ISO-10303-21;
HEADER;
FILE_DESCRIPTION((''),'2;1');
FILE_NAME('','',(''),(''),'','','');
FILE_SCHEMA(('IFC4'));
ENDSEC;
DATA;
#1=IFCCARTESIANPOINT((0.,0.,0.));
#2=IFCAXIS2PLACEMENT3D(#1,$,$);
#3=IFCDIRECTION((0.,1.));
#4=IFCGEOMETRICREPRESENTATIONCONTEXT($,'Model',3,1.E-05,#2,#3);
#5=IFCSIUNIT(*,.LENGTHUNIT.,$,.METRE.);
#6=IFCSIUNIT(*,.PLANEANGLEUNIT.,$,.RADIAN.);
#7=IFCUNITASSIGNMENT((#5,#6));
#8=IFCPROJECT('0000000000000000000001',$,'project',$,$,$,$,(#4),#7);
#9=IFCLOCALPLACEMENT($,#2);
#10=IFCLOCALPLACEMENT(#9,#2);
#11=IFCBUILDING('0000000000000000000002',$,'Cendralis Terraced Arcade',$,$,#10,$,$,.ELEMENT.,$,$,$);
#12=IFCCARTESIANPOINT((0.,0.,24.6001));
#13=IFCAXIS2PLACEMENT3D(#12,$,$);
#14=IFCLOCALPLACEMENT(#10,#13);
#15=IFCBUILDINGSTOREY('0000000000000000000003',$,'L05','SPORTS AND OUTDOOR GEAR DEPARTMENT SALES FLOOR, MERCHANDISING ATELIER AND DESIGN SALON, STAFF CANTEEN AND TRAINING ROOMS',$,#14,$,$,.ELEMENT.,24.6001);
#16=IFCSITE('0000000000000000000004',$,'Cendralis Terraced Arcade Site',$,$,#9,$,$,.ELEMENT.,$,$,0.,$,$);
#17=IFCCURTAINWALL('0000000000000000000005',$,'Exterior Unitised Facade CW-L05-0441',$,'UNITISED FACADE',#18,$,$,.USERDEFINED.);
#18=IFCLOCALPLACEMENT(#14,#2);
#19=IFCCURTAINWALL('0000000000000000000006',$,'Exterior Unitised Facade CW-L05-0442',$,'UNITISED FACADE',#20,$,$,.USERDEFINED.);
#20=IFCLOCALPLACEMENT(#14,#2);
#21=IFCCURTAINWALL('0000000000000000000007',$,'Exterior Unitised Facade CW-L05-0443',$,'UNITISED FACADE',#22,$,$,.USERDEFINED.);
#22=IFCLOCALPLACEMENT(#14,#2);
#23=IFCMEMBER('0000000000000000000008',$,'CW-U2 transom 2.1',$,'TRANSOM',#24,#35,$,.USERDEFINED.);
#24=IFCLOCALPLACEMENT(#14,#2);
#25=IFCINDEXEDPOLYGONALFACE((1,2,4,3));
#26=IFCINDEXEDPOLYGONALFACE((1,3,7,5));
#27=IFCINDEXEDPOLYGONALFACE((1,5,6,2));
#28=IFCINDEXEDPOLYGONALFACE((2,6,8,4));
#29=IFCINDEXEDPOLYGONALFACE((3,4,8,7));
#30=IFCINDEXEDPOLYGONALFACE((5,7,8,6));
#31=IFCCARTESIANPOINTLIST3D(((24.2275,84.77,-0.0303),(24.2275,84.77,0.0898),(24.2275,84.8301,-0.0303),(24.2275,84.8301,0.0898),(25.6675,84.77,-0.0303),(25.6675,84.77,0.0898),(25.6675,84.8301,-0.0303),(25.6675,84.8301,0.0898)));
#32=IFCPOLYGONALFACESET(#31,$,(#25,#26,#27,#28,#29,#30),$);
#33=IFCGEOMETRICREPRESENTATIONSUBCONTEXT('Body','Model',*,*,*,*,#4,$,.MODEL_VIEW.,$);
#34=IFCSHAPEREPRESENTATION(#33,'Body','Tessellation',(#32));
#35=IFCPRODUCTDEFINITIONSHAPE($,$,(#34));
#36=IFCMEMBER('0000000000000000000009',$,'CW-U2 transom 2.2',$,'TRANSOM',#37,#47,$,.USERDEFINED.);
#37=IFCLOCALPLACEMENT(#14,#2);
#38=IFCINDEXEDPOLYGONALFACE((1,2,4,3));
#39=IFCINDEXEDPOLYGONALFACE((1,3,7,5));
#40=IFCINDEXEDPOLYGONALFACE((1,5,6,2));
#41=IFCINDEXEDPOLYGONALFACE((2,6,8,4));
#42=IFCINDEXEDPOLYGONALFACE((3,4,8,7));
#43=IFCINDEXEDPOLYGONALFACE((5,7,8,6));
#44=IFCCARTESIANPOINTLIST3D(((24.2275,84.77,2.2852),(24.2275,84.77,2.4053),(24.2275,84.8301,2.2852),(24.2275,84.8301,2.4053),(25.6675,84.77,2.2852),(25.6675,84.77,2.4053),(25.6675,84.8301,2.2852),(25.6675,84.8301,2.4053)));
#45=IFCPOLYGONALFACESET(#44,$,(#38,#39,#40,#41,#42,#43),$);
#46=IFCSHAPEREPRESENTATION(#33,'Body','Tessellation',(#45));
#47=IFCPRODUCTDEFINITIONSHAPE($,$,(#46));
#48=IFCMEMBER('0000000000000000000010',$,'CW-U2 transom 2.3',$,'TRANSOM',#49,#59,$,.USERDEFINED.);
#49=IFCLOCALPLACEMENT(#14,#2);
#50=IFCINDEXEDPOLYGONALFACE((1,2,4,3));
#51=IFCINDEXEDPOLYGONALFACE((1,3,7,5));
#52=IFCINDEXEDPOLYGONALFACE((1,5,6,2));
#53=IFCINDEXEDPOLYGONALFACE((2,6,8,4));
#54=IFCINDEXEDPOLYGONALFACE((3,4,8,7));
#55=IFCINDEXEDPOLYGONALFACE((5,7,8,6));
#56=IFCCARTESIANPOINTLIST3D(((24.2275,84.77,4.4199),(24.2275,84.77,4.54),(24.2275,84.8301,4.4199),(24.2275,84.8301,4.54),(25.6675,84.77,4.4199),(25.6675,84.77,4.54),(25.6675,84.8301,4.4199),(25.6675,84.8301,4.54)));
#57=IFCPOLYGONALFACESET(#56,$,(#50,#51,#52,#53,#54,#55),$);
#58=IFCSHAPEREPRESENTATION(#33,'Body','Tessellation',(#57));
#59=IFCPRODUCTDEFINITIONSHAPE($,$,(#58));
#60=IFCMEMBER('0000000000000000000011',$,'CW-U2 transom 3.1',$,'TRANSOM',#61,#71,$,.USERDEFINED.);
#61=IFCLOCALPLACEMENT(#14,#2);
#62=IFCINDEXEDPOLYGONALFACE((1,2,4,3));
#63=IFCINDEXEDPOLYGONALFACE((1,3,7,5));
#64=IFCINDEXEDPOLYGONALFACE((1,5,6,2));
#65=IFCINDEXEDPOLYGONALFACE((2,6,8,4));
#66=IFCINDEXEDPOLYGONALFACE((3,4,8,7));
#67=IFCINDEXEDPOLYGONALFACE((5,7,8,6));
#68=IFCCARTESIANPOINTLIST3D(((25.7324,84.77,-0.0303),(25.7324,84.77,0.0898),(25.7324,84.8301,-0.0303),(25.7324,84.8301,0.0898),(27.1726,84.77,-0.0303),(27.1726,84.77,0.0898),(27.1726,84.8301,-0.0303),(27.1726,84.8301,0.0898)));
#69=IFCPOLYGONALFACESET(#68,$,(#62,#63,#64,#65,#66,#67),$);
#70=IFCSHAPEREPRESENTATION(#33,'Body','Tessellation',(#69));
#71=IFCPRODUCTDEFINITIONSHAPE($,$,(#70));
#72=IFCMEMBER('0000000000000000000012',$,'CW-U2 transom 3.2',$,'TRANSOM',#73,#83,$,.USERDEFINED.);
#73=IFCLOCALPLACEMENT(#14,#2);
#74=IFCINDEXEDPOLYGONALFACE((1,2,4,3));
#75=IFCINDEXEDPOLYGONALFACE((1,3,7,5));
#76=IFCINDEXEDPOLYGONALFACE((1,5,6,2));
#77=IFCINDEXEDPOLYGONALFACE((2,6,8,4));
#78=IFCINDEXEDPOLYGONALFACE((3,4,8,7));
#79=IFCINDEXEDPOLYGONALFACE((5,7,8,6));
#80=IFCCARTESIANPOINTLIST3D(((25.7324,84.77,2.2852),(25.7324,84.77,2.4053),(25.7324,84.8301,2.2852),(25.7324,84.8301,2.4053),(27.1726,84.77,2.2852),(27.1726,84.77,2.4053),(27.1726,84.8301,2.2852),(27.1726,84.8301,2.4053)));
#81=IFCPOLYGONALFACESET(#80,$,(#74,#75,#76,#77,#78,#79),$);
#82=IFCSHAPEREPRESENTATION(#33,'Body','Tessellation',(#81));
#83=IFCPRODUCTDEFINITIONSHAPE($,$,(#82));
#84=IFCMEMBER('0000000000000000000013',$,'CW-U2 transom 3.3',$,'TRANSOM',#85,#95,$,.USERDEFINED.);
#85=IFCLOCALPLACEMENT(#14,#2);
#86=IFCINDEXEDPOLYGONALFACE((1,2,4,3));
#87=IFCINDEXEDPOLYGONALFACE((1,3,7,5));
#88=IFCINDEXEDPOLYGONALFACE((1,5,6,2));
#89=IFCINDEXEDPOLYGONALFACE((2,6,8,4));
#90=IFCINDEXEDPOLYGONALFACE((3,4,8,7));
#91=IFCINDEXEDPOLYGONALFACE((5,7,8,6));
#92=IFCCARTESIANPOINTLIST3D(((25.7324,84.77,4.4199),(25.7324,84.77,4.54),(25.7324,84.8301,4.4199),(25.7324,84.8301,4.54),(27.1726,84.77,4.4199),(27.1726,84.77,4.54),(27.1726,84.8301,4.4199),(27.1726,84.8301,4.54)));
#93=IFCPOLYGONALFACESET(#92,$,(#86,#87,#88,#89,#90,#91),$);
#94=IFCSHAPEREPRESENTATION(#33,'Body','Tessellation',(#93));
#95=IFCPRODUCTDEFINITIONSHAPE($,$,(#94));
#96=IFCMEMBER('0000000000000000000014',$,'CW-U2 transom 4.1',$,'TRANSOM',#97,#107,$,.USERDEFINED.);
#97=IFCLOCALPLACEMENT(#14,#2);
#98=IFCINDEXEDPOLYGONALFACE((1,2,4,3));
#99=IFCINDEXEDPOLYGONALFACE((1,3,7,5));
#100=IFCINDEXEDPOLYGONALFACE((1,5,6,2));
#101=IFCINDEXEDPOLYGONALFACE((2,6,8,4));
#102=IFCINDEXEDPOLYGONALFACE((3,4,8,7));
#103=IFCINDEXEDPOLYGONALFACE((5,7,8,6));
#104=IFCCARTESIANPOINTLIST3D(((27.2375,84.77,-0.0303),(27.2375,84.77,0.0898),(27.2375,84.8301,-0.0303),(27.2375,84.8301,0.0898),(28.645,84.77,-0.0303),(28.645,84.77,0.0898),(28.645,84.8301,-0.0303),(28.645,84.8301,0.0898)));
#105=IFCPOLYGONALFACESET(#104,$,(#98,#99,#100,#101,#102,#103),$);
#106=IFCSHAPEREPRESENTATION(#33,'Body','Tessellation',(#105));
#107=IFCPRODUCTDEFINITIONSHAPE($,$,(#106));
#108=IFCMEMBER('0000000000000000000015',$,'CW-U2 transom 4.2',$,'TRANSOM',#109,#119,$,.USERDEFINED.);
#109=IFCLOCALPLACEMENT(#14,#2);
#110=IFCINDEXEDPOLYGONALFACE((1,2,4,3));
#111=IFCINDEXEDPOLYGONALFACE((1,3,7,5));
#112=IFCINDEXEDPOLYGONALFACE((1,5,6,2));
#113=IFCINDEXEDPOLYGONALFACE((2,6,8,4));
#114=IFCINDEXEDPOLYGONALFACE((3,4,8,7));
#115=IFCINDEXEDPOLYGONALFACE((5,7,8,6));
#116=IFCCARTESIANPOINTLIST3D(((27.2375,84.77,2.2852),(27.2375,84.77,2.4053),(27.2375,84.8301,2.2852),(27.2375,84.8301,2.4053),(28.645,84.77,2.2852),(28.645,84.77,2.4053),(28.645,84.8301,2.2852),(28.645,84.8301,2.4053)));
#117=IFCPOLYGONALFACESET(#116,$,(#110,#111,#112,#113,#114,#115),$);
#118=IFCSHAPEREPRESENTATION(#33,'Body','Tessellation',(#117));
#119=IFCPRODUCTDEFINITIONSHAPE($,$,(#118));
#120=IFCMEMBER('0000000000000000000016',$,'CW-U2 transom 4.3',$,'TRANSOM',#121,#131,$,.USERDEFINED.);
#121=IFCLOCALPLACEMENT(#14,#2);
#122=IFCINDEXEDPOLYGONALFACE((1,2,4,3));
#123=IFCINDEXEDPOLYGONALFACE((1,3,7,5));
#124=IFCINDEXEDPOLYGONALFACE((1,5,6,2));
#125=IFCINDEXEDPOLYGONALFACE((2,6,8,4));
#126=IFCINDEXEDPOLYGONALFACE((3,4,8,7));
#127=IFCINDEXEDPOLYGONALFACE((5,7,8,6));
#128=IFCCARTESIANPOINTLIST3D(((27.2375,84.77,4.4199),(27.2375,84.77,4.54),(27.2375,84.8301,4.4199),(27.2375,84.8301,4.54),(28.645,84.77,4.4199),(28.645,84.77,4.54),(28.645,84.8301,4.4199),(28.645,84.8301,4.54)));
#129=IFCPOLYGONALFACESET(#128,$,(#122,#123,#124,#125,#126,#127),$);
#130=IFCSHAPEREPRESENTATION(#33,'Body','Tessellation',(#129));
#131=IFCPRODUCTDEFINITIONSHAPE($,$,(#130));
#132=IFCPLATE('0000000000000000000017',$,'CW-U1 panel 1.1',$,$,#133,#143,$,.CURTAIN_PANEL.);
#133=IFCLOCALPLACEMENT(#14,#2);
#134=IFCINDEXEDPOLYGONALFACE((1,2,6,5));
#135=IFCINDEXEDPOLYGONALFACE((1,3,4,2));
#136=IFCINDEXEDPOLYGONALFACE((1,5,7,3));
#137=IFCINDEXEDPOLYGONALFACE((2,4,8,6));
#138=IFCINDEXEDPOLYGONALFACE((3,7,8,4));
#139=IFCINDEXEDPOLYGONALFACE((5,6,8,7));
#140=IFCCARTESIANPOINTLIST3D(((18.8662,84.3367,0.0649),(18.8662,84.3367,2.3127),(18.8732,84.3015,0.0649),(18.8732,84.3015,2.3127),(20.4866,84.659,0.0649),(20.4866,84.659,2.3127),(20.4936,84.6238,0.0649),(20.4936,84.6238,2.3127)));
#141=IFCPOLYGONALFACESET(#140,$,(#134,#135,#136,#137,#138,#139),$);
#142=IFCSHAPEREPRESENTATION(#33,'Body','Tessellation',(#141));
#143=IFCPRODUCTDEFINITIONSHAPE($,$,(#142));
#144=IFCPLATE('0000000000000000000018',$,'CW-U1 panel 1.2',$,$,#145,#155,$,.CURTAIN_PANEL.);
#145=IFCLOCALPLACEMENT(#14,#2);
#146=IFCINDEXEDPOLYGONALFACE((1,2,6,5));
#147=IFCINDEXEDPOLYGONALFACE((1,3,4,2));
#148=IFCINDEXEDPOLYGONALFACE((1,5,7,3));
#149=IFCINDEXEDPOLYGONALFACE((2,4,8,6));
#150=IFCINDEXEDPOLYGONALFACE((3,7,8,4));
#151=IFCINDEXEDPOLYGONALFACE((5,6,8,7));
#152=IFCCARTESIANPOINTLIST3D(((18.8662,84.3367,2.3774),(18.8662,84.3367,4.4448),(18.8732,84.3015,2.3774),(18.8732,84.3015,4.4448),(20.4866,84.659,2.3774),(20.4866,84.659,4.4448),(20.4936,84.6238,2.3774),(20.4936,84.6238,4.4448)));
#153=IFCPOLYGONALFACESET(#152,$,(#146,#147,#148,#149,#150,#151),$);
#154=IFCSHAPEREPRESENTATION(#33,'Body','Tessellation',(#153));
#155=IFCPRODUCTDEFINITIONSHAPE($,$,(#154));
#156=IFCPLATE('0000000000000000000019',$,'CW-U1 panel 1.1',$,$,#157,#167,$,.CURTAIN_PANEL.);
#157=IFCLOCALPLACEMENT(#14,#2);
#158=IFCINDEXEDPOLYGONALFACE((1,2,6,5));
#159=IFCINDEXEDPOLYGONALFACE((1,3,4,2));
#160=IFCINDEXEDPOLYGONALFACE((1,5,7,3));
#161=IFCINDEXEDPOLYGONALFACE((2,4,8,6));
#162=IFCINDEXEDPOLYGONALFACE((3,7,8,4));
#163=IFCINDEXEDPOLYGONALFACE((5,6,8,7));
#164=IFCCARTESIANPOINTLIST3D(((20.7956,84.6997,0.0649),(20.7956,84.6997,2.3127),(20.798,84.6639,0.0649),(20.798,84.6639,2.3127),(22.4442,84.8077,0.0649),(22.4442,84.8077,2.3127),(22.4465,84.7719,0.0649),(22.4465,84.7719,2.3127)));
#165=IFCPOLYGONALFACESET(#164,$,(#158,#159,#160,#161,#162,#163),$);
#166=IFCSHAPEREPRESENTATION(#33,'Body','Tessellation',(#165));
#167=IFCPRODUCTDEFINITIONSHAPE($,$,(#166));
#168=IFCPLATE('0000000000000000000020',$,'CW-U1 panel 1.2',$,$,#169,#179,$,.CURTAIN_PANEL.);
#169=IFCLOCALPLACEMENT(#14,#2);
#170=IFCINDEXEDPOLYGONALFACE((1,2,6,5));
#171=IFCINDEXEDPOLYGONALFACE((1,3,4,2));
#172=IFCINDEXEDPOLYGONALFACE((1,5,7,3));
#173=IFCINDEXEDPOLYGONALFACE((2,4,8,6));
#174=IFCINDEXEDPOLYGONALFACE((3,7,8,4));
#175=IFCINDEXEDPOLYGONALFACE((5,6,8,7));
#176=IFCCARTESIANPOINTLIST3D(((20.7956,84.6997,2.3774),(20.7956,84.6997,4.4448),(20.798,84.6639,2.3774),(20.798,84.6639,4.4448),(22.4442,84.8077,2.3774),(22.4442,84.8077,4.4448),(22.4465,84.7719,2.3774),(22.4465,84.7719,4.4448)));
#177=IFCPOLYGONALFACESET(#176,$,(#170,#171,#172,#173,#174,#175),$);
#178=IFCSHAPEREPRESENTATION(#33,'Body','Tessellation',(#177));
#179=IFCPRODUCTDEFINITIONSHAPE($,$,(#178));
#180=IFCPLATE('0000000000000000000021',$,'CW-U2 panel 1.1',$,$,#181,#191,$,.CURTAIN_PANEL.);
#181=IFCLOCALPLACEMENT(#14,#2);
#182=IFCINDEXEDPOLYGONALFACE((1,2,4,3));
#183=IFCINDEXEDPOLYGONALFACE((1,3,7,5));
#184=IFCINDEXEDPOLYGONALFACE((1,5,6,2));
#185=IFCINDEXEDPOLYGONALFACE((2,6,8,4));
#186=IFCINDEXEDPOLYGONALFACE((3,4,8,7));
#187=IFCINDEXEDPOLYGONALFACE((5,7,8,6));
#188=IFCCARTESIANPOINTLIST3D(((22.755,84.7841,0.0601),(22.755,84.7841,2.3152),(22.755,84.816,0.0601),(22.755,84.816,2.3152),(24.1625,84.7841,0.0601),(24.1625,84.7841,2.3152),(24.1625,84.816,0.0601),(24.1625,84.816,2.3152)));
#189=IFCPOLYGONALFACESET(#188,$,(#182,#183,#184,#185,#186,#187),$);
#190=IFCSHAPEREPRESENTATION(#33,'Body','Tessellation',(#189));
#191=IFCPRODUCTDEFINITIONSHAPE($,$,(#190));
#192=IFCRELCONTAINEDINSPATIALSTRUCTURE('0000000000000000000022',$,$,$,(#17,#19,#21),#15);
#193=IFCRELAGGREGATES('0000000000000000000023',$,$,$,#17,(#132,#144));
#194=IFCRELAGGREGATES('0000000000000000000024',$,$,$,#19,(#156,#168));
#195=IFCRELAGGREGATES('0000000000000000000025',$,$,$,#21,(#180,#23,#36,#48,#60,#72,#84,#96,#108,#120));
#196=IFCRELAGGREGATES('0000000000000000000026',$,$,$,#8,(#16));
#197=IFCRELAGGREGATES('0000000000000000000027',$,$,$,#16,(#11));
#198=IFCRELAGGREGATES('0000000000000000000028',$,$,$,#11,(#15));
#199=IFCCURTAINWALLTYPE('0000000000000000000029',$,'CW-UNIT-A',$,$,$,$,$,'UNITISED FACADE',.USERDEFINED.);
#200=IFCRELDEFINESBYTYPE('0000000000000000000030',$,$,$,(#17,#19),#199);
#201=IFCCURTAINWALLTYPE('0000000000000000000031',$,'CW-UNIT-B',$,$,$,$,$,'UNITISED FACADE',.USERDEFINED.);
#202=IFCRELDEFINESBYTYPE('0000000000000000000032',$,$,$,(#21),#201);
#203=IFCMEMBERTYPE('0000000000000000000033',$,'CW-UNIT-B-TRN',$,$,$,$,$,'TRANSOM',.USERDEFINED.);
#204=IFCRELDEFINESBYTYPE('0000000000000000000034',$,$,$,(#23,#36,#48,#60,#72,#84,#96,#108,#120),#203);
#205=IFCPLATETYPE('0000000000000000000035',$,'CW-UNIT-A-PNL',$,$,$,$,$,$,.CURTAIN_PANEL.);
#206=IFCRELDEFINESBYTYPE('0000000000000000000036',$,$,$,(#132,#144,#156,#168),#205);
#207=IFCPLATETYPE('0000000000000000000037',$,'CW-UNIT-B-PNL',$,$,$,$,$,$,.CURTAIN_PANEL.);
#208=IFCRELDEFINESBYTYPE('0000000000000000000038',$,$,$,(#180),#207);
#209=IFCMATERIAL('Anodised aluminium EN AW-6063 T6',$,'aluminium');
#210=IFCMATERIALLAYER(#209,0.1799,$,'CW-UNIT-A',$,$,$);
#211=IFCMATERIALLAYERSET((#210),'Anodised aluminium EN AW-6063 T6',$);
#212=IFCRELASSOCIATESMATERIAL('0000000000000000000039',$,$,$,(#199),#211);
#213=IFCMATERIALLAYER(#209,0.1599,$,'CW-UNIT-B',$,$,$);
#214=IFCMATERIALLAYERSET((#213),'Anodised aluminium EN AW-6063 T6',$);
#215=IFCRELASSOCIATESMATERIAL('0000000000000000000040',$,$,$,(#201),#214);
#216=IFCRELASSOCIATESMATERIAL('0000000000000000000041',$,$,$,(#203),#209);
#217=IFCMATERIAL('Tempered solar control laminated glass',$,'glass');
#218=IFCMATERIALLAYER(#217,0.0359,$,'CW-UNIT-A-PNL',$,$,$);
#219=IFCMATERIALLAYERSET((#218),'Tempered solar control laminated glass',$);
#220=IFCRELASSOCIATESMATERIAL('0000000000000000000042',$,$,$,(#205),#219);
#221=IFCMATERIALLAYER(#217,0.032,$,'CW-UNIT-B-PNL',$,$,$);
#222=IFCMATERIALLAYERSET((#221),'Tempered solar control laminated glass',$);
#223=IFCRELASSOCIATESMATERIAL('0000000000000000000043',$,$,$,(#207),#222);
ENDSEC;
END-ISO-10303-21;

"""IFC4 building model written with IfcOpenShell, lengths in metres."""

from ifc_helpers import new_model, si_unit, direction, frame, origin, origin_2d, place, context, subcontext, project, spatial, rectangle, extrude, material, layer, layer_set, material_profile, profile_set, type_object, element, aggregate, save


model = new_model("IFC4")

# Units and contexts
model_context = context("Model", 3, precision=1e-05, world=origin(), true_north=direction((0.0, 1.0)))
body_context = subcontext(model_context, "Body", "Model", "MODEL_VIEW")
ifc_project = project(units=[si_unit("LENGTHUNIT", "METRE"), si_unit("PLANEANGLEUNIT", "RADIAN")], contexts=[model_context])

# Site, building, storey
site_placement = place(None, origin())
site = spatial("IfcSite", under=ifc_project, at=site_placement, Name="Cendralis Terraced Arcade Site", CompositionType="ELEMENT", RefElevation=0.0)
building_placement = place(site_placement, origin())
building = spatial("IfcBuilding", under=site, at=building_placement, Name="Cendralis Terraced Arcade", CompositionType="ELEMENT")
storey_placement = place(building_placement, frame((0.0, 0.0, 24.6001)))
storey = spatial("IfcBuildingStorey", under=building, at=storey_placement, Name="L05", Description="SPORTS AND OUTDOOR GEAR DEPARTMENT SALES FLOOR, MERCHANDISING ATELIER AND DESIGN SALON, STAFF CANTEEN AND TRAINING ROOMS", CompositionType="ELEMENT", Elevation=24.6001)

# Curtain wall
ifc_material_1 = material(Name="Anodised aluminium EN AW-6063 T6", Category="aluminium")
ifc_layer_1 = layer(ifc_material_1, 0.1799, Name="CW-UNIT-A")
ifc_layer_set_1 = layer_set([ifc_layer_1], Name="Anodised aluminium EN AW-6063 T6")
curtain_wall_type_1 = type_object("IfcCurtainWallType", Name="CW-UNIT-A", ElementType="UNITISED FACADE", PredefinedType="USERDEFINED", material=ifc_layer_set_1)
curtain_wall_1_placement = place(storey_placement, origin())
curtain_wall_1 = element("IfcCurtainWall", 1, at=curtain_wall_1_placement, inside=storey, type_object=curtain_wall_type_1, Name="Exterior Unitised Facade CW-L05-0441", ObjectType="UNITISED FACADE", PredefinedType="USERDEFINED")

# Curtain wall
curtain_wall_2_placement = place(storey_placement, origin())
curtain_wall_2 = element("IfcCurtainWall", 2, at=curtain_wall_2_placement, inside=storey, type_object=curtain_wall_type_1, Name="Exterior Unitised Facade CW-L05-0442", ObjectType="UNITISED FACADE", PredefinedType="USERDEFINED")

# Curtain wall, members
ifc_layer_2 = layer(ifc_material_1, 0.1599, Name="CW-UNIT-B")
ifc_layer_set_2 = layer_set([ifc_layer_2], Name="Anodised aluminium EN AW-6063 T6")
curtain_wall_type_2 = type_object("IfcCurtainWallType", Name="CW-UNIT-B", ElementType="UNITISED FACADE", PredefinedType="USERDEFINED", material=ifc_layer_set_2)
curtain_wall_3_placement = place(storey_placement, origin())
curtain_wall_3 = element("IfcCurtainWall", 3, at=curtain_wall_3_placement, inside=storey, type_object=curtain_wall_type_2, Name="Exterior Unitised Facade CW-L05-0443", ObjectType="UNITISED FACADE", PredefinedType="USERDEFINED")
ifc_material_profile_1 = material_profile(ifc_material_1, rectangle(XDim=0.0601, YDim=0.1201, at=origin_2d()), Name="ALU-TRN-60x120")
ifc_profile_set_1 = profile_set([ifc_material_profile_1], Name="Anodised aluminium EN AW-6063 T6")
member_type_1 = type_object("IfcMemberType", Name="CW-UNIT-B-TRN", ElementType="TRANSOM", PredefinedType="USERDEFINED", material=ifc_profile_set_1)
member_1_placement = place(storey_placement, frame((24.2275, 84.8, 0.0298), z_axis=(1.0, 0.0, 0.0), x_axis=(0.0, 1.0, 0.0)))
member_1 = element("IfcMember", 4, at=member_1_placement, type_object=member_type_1, Name="CW-U2 transom 2.1", ObjectType="TRANSOM", PredefinedType="USERDEFINED", context=body_context, shape_type="SweptSolid", body=[
    extrude(rectangle(XDim=0.0601, YDim=0.1201, at=origin_2d()), origin(), (0.0, 0.0, 1.0), 1.4399),
])
member_2_placement = place(storey_placement, frame((24.2275, 84.8, 2.3452), z_axis=(1.0, 0.0, 0.0), x_axis=(0.0, 1.0, 0.0)))
member_2 = element("IfcMember", 5, at=member_2_placement, type_object=member_type_1, Name="CW-U2 transom 2.2", ObjectType="TRANSOM", PredefinedType="USERDEFINED", context=body_context, shape_type="SweptSolid", body=[
    extrude(rectangle(XDim=0.0601, YDim=0.1201, at=origin_2d()), origin(), (0.0, 0.0, 1.0), 1.4399),
])
member_3_placement = place(storey_placement, frame((24.2275, 84.8, 4.48), z_axis=(1.0, 0.0, 0.0), x_axis=(0.0, 1.0, 0.0)))
member_3 = element("IfcMember", 6, at=member_3_placement, type_object=member_type_1, Name="CW-U2 transom 2.3", ObjectType="TRANSOM", PredefinedType="USERDEFINED", context=body_context, shape_type="SweptSolid", body=[
    extrude(rectangle(XDim=0.0601, YDim=0.1201, at=origin_2d()), origin(), (0.0, 0.0, 1.0), 1.4399),
])
member_4_placement = place(storey_placement, frame((25.7324, 84.8, 0.0298), z_axis=(1.0, 0.0, 0.0), x_axis=(0.0, 1.0, 0.0)))
member_4 = element("IfcMember", 7, at=member_4_placement, type_object=member_type_1, Name="CW-U2 transom 3.1", ObjectType="TRANSOM", PredefinedType="USERDEFINED", context=body_context, shape_type="SweptSolid", body=[
    extrude(rectangle(XDim=0.0601, YDim=0.1201, at=origin_2d()), origin(), (0.0, 0.0, 1.0), 1.4402),
])
member_5_placement = place(storey_placement, frame((25.7324, 84.8, 2.3452), z_axis=(1.0, 0.0, 0.0), x_axis=(0.0, 1.0, 0.0)))
member_5 = element("IfcMember", 8, at=member_5_placement, type_object=member_type_1, Name="CW-U2 transom 3.2", ObjectType="TRANSOM", PredefinedType="USERDEFINED", context=body_context, shape_type="SweptSolid", body=[
    extrude(rectangle(XDim=0.0601, YDim=0.1201, at=origin_2d()), origin(), (0.0, 0.0, 1.0), 1.4402),
])
member_6_placement = place(storey_placement, frame((25.7324, 84.8, 4.48), z_axis=(1.0, 0.0, 0.0), x_axis=(0.0, 1.0, 0.0)))
member_6 = element("IfcMember", 9, at=member_6_placement, type_object=member_type_1, Name="CW-U2 transom 3.3", ObjectType="TRANSOM", PredefinedType="USERDEFINED", context=body_context, shape_type="SweptSolid", body=[
    extrude(rectangle(XDim=0.0601, YDim=0.1201, at=origin_2d()), origin(), (0.0, 0.0, 1.0), 1.4402),
])
member_7_placement = place(storey_placement, frame((27.2375, 84.8, 0.0298), z_axis=(1.0, 0.0, 0.0), x_axis=(0.0, 1.0, 0.0)))
member_7 = element("IfcMember", 10, at=member_7_placement, type_object=member_type_1, Name="CW-U2 transom 4.1", ObjectType="TRANSOM", PredefinedType="USERDEFINED", context=body_context, shape_type="SweptSolid", body=[
    extrude(rectangle(XDim=0.0601, YDim=0.1201, at=origin_2d()), origin(), (0.0, 0.0, 1.0), 1.4075),
])
member_8_placement = place(storey_placement, frame((27.2375, 84.8, 2.3452), z_axis=(1.0, 0.0, 0.0), x_axis=(0.0, 1.0, 0.0)))
member_8 = element("IfcMember", 11, at=member_8_placement, type_object=member_type_1, Name="CW-U2 transom 4.2", ObjectType="TRANSOM", PredefinedType="USERDEFINED", context=body_context, shape_type="SweptSolid", body=[
    extrude(rectangle(XDim=0.0601, YDim=0.1201, at=origin_2d()), origin(), (0.0, 0.0, 1.0), 1.4075),
])
member_9_placement = place(storey_placement, frame((27.2375, 84.8, 4.48), z_axis=(1.0, 0.0, 0.0), x_axis=(0.0, 1.0, 0.0)))
member_9 = element("IfcMember", 12, at=member_9_placement, type_object=member_type_1, Name="CW-U2 transom 4.3", ObjectType="TRANSOM", PredefinedType="USERDEFINED", context=body_context, shape_type="SweptSolid", body=[
    extrude(rectangle(XDim=0.0601, YDim=0.1201, at=origin_2d()), origin(), (0.0, 0.0, 1.0), 1.4075),
])

# Plates
ifc_material_2 = material(Name="Tempered solar control laminated glass", Category="glass")
ifc_layer_3 = layer(ifc_material_2, 0.0359, Name="CW-UNIT-A-PNL")
ifc_layer_set_3 = layer_set([ifc_layer_3], Name="Tempered solar control laminated glass")
plate_type_1 = type_object("IfcPlateType", Name="CW-UNIT-A-PNL", PredefinedType="CURTAIN_PANEL", material=ifc_layer_set_3)
plate_1_placement = place(storey_placement, frame((19.6799, 84.4802, 0.0649), z_axis=(0.0, 0.0, 1.0), x_axis=(0.980792, 0.195058, 0.0)))
plate_1 = element("IfcPlate", 13, at=plate_1_placement, type_object=plate_type_1, Name="CW-U1 panel 1.1", PredefinedType="CURTAIN_PANEL", context=body_context, shape_type="SweptSolid", body=[
    extrude(rectangle(XDim=1.6521, YDim=0.0359, at=origin_2d()), origin(), (0.0, 0.0, 1.0), 2.2478),
])
plate_2_placement = place(storey_placement, frame((19.6799, 84.4802, 2.3774), z_axis=(0.0, 0.0, 1.0), x_axis=(0.980792, 0.195058, 0.0)))
plate_2 = element("IfcPlate", 14, at=plate_2_placement, type_object=plate_type_1, Name="CW-U1 panel 1.2", PredefinedType="CURTAIN_PANEL", context=body_context, shape_type="SweptSolid", body=[
    extrude(rectangle(XDim=1.6521, YDim=0.0359, at=origin_2d()), origin(), (0.0, 0.0, 1.0), 2.0674),
])
aggregate(curtain_wall_1, [plate_1, plate_2])
plate_3_placement = place(storey_placement, frame((21.6211, 84.7358, 0.0649), z_axis=(0.0, 0.0, 1.0), x_axis=(0.997861, 0.065372, 0.0)))
plate_3 = element("IfcPlate", 15, at=plate_3_placement, type_object=plate_type_1, Name="CW-U1 panel 1.1", PredefinedType="CURTAIN_PANEL", context=body_context, shape_type="SweptSolid", body=[
    extrude(rectangle(XDim=1.6521, YDim=0.0359, at=origin_2d()), origin(), (0.0, 0.0, 1.0), 2.2478),
])
plate_4_placement = place(storey_placement, frame((21.6211, 84.7358, 2.3774), z_axis=(0.0, 0.0, 1.0), x_axis=(0.997861, 0.065372, 0.0)))
plate_4 = element("IfcPlate", 16, at=plate_4_placement, type_object=plate_type_1, Name="CW-U1 panel 1.2", PredefinedType="CURTAIN_PANEL", context=body_context, shape_type="SweptSolid", body=[
    extrude(rectangle(XDim=1.6521, YDim=0.0359, at=origin_2d()), origin(), (0.0, 0.0, 1.0), 2.0674),
])
aggregate(curtain_wall_2, [plate_3, plate_4])
ifc_layer_4 = layer(ifc_material_2, 0.032, Name="CW-UNIT-B-PNL")
ifc_layer_set_4 = layer_set([ifc_layer_4], Name="Tempered solar control laminated glass")
plate_type_2 = type_object("IfcPlateType", Name="CW-UNIT-B-PNL", PredefinedType="CURTAIN_PANEL", material=ifc_layer_set_4)
plate_5_placement = place(storey_placement, frame((23.4587, 84.8, 0.0601), z_axis=(0.0, 0.0, 1.0), x_axis=(1.0, 0.0, 0.0)))
plate_5 = element("IfcPlate", 17, at=plate_5_placement, type_object=plate_type_2, Name="CW-U2 panel 1.1", PredefinedType="CURTAIN_PANEL", context=body_context, shape_type="SweptSolid", body=[
    extrude(rectangle(XDim=1.4075, YDim=0.032, at=origin_2d()), origin(), (0.0, 0.0, 1.0), 2.2551),
])
aggregate(curtain_wall_3, [plate_5, member_1, member_2, member_3, member_4, member_5, member_6, member_7, member_8, member_9])

save(model, "model.ifc")
